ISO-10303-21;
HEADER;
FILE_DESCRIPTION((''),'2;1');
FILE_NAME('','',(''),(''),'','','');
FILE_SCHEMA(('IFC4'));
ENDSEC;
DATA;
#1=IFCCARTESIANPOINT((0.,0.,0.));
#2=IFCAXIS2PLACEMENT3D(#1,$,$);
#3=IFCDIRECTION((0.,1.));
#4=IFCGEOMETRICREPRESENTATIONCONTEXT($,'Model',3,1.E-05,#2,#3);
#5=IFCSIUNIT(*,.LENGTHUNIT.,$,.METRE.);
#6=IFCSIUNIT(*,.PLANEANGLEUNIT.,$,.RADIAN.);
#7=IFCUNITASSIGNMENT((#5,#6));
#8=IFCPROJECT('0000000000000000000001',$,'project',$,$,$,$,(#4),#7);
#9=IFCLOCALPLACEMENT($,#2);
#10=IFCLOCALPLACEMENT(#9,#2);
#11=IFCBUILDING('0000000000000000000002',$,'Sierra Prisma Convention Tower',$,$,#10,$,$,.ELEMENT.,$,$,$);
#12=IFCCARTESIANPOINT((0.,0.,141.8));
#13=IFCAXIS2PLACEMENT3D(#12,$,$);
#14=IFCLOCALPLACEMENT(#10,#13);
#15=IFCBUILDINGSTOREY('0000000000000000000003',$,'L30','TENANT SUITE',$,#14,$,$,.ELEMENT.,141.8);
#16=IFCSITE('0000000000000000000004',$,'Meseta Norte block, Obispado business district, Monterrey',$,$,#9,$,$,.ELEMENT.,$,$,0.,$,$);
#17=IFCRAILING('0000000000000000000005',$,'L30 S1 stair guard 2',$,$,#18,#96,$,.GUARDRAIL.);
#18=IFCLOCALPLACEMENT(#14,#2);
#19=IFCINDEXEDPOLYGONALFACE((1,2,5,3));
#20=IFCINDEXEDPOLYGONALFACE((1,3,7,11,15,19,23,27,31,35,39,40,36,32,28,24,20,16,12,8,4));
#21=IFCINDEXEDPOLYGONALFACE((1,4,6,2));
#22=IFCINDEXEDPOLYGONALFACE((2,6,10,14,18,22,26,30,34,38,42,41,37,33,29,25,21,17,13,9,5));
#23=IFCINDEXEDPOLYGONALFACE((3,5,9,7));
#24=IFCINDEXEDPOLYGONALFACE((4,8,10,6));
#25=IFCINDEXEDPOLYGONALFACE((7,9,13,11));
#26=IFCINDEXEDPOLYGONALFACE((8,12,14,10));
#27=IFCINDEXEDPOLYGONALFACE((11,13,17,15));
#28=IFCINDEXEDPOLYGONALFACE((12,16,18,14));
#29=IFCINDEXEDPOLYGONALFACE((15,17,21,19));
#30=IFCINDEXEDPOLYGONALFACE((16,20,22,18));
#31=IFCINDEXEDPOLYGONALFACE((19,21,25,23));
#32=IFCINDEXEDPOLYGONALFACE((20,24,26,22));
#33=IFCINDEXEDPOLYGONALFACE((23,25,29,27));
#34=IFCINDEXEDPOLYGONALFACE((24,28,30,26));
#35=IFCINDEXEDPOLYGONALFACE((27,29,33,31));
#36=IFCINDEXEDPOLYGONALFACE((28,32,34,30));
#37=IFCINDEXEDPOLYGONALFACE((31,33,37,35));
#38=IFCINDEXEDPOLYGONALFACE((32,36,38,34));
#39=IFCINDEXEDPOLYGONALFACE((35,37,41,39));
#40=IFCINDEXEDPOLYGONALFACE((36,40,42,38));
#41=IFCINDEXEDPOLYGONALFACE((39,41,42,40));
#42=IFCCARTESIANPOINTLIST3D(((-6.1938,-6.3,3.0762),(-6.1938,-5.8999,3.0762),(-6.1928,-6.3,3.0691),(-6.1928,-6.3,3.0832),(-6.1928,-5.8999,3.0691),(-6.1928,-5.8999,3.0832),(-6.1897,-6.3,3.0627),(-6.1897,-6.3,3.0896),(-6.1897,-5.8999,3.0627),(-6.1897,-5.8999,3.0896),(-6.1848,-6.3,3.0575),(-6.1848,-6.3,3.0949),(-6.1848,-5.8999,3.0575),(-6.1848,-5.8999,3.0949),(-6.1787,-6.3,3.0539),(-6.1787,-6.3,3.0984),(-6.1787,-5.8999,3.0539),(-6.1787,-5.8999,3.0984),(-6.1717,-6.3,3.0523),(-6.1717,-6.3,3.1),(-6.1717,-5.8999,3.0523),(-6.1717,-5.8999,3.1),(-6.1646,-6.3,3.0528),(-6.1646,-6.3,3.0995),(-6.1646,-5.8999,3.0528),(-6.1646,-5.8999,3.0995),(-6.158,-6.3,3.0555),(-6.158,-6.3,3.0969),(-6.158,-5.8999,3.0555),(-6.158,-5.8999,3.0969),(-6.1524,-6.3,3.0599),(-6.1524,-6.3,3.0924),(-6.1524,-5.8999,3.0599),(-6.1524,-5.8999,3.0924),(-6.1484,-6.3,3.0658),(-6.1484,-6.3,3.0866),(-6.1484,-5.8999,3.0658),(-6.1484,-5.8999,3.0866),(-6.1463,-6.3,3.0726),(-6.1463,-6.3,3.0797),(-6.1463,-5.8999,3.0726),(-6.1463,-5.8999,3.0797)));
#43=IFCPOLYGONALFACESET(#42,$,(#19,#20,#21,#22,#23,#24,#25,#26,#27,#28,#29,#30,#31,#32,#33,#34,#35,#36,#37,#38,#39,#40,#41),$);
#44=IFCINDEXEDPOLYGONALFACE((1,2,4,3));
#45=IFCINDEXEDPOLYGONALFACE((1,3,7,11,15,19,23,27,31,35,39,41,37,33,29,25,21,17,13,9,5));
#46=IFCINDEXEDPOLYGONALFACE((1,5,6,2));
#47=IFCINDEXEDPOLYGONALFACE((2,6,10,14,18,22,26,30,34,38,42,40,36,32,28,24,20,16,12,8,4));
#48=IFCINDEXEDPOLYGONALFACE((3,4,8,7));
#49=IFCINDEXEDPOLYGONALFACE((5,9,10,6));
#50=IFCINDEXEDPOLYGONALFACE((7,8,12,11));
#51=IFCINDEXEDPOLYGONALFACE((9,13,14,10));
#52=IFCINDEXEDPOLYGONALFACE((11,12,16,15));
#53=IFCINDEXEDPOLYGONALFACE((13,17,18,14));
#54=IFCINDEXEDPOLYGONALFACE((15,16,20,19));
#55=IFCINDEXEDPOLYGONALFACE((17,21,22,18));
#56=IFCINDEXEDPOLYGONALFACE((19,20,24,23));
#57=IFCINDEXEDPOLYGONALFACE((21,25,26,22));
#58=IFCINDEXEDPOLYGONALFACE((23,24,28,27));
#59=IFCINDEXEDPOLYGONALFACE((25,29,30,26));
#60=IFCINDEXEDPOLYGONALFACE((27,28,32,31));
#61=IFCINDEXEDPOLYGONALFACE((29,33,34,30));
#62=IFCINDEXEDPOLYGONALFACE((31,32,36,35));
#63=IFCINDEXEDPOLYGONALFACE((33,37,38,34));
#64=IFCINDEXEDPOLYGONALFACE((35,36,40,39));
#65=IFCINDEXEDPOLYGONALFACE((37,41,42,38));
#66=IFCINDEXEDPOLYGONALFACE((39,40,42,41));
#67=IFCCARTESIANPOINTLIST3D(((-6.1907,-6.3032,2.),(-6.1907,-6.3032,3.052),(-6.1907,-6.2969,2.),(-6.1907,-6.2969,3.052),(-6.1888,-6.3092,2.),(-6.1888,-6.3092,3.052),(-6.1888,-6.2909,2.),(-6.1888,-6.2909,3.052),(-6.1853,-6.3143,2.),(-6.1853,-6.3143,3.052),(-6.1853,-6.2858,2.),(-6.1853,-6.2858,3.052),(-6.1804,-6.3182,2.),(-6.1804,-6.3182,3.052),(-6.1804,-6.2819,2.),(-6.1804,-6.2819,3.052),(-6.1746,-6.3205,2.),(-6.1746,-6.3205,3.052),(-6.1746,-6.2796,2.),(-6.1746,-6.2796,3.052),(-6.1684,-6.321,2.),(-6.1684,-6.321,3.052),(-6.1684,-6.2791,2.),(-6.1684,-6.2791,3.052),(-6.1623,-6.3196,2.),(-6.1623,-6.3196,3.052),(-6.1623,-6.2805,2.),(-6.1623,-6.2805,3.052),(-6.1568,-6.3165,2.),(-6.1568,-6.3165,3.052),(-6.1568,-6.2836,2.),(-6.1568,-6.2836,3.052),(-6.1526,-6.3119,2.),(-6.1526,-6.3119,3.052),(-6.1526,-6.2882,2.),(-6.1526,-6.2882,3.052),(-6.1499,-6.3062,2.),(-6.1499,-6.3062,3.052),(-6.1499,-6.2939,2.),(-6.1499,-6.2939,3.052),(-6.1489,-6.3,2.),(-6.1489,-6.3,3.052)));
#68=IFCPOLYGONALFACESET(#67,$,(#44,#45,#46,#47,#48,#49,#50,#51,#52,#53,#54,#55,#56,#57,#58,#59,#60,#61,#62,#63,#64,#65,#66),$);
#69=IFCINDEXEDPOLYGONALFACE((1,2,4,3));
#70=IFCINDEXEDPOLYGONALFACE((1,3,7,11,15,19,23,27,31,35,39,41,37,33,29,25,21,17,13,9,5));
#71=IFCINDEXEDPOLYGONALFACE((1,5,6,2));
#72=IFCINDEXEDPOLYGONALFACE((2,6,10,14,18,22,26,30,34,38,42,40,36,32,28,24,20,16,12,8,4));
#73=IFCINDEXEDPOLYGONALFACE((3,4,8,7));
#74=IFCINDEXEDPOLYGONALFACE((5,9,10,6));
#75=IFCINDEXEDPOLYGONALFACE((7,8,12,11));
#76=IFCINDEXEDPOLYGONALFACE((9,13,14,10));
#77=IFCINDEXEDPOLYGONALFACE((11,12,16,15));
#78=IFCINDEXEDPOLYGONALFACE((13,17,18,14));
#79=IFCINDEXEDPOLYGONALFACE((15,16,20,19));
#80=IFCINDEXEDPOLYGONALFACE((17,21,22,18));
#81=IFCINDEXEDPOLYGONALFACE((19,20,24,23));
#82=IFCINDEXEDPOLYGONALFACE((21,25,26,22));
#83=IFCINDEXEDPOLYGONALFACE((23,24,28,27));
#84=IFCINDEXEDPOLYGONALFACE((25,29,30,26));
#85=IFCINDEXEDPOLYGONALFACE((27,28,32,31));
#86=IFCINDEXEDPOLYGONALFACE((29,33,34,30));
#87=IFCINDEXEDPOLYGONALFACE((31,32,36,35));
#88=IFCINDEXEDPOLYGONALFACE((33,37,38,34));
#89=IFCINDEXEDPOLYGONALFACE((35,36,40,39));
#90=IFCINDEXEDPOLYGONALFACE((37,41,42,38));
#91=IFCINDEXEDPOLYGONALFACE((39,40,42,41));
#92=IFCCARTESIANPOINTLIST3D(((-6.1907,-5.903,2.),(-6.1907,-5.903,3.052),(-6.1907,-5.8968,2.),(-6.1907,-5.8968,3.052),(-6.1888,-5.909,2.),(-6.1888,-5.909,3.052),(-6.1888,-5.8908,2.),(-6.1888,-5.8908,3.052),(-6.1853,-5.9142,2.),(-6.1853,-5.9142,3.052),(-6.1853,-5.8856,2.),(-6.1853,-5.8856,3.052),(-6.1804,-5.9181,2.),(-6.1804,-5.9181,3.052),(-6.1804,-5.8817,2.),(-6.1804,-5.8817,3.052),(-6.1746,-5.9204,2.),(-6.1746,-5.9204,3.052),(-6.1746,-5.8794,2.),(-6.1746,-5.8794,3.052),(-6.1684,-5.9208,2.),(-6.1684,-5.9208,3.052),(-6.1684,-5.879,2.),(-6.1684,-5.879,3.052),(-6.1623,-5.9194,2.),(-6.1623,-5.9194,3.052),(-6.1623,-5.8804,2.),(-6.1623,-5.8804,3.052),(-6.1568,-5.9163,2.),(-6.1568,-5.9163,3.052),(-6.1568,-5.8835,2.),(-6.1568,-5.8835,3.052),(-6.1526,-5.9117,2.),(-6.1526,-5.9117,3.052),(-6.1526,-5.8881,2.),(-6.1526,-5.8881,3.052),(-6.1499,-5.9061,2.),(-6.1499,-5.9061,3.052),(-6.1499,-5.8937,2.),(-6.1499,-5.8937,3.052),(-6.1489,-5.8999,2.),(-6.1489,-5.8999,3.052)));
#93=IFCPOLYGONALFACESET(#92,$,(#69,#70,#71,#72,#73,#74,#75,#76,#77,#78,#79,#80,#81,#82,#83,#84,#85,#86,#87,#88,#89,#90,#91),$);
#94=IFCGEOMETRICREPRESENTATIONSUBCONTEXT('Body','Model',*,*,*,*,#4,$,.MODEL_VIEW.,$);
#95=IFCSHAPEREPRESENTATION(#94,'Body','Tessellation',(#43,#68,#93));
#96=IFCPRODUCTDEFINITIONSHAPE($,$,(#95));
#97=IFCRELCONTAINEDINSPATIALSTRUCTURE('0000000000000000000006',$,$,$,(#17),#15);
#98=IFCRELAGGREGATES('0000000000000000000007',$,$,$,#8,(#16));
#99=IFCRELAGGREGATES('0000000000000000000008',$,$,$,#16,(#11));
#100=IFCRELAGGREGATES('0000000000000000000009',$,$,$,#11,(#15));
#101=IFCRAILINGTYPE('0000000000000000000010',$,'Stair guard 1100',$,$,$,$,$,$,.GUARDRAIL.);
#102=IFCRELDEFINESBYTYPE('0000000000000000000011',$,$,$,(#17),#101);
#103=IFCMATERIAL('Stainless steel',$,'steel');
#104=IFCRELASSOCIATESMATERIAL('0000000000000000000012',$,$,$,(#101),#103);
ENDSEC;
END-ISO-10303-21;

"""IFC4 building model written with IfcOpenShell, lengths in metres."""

from ifc_helpers import new_model, si_unit, direction, frame, origin, origin_2d, place, context, subcontext, project, spatial, circle, extrude, material, type_object, element, save


model = new_model("IFC4")

# Units and contexts
model_context = context("Model", 3, precision=1e-05, world=origin(), true_north=direction((0.0, 1.0)))
body_context = subcontext(model_context, "Body", "Model", "MODEL_VIEW")
ifc_project = project(units=[si_unit("LENGTHUNIT", "METRE"), si_unit("PLANEANGLEUNIT", "RADIAN")], contexts=[model_context])

# Site, building, storey
site_placement = place(None, origin())
site = spatial("IfcSite", under=ifc_project, at=site_placement, Name="Meseta Norte block, Obispado business district, Monterrey", CompositionType="ELEMENT", RefElevation=0.0)
building_placement = place(site_placement, origin())
building = spatial("IfcBuilding", under=site, at=building_placement, Name="Sierra Prisma Convention Tower", CompositionType="ELEMENT")
storey_placement = place(building_placement, frame((0.0, 0.0, 141.8)))
storey = spatial("IfcBuildingStorey", under=building, at=storey_placement, Name="L30", Description="TENANT SUITE", CompositionType="ELEMENT", Elevation=141.8)

# Railing
ifc_material_1 = material(Name="Stainless steel", Category="steel")
railing_type_1 = type_object("IfcRailingType", Name="Stair guard 1100", PredefinedType="GUARDRAIL", material=ifc_material_1)
railing_1_placement = place(storey_placement, frame((-6.1699, -6.3, 2.0)))
element("IfcRailing", 1, at=railing_1_placement, inside=storey, type_object=railing_type_1, Name="L30 S1 stair guard 2", PredefinedType="GUARDRAIL", context=body_context, shape_type="SweptSolid", body=[
    extrude(circle(Radius=0.0239, at=origin_2d()), frame((0.0, 0.0, 1.0762), z_axis=(0.0, 1.0, 0.0), x_axis=(-1.0, 0.0, 0.0)), (0.0, 0.0, 1.0), 0.4001),
    extrude(circle(Radius=0.021, at=origin_2d()), origin(), (0.0, 0.0, 1.0), 1.052),
    extrude(circle(Radius=0.021, at=origin_2d()), frame((0.0, 0.4001, 0.0)), (0.0, 0.0, 1.0), 1.052),
])

save(model, "model.ifc")
